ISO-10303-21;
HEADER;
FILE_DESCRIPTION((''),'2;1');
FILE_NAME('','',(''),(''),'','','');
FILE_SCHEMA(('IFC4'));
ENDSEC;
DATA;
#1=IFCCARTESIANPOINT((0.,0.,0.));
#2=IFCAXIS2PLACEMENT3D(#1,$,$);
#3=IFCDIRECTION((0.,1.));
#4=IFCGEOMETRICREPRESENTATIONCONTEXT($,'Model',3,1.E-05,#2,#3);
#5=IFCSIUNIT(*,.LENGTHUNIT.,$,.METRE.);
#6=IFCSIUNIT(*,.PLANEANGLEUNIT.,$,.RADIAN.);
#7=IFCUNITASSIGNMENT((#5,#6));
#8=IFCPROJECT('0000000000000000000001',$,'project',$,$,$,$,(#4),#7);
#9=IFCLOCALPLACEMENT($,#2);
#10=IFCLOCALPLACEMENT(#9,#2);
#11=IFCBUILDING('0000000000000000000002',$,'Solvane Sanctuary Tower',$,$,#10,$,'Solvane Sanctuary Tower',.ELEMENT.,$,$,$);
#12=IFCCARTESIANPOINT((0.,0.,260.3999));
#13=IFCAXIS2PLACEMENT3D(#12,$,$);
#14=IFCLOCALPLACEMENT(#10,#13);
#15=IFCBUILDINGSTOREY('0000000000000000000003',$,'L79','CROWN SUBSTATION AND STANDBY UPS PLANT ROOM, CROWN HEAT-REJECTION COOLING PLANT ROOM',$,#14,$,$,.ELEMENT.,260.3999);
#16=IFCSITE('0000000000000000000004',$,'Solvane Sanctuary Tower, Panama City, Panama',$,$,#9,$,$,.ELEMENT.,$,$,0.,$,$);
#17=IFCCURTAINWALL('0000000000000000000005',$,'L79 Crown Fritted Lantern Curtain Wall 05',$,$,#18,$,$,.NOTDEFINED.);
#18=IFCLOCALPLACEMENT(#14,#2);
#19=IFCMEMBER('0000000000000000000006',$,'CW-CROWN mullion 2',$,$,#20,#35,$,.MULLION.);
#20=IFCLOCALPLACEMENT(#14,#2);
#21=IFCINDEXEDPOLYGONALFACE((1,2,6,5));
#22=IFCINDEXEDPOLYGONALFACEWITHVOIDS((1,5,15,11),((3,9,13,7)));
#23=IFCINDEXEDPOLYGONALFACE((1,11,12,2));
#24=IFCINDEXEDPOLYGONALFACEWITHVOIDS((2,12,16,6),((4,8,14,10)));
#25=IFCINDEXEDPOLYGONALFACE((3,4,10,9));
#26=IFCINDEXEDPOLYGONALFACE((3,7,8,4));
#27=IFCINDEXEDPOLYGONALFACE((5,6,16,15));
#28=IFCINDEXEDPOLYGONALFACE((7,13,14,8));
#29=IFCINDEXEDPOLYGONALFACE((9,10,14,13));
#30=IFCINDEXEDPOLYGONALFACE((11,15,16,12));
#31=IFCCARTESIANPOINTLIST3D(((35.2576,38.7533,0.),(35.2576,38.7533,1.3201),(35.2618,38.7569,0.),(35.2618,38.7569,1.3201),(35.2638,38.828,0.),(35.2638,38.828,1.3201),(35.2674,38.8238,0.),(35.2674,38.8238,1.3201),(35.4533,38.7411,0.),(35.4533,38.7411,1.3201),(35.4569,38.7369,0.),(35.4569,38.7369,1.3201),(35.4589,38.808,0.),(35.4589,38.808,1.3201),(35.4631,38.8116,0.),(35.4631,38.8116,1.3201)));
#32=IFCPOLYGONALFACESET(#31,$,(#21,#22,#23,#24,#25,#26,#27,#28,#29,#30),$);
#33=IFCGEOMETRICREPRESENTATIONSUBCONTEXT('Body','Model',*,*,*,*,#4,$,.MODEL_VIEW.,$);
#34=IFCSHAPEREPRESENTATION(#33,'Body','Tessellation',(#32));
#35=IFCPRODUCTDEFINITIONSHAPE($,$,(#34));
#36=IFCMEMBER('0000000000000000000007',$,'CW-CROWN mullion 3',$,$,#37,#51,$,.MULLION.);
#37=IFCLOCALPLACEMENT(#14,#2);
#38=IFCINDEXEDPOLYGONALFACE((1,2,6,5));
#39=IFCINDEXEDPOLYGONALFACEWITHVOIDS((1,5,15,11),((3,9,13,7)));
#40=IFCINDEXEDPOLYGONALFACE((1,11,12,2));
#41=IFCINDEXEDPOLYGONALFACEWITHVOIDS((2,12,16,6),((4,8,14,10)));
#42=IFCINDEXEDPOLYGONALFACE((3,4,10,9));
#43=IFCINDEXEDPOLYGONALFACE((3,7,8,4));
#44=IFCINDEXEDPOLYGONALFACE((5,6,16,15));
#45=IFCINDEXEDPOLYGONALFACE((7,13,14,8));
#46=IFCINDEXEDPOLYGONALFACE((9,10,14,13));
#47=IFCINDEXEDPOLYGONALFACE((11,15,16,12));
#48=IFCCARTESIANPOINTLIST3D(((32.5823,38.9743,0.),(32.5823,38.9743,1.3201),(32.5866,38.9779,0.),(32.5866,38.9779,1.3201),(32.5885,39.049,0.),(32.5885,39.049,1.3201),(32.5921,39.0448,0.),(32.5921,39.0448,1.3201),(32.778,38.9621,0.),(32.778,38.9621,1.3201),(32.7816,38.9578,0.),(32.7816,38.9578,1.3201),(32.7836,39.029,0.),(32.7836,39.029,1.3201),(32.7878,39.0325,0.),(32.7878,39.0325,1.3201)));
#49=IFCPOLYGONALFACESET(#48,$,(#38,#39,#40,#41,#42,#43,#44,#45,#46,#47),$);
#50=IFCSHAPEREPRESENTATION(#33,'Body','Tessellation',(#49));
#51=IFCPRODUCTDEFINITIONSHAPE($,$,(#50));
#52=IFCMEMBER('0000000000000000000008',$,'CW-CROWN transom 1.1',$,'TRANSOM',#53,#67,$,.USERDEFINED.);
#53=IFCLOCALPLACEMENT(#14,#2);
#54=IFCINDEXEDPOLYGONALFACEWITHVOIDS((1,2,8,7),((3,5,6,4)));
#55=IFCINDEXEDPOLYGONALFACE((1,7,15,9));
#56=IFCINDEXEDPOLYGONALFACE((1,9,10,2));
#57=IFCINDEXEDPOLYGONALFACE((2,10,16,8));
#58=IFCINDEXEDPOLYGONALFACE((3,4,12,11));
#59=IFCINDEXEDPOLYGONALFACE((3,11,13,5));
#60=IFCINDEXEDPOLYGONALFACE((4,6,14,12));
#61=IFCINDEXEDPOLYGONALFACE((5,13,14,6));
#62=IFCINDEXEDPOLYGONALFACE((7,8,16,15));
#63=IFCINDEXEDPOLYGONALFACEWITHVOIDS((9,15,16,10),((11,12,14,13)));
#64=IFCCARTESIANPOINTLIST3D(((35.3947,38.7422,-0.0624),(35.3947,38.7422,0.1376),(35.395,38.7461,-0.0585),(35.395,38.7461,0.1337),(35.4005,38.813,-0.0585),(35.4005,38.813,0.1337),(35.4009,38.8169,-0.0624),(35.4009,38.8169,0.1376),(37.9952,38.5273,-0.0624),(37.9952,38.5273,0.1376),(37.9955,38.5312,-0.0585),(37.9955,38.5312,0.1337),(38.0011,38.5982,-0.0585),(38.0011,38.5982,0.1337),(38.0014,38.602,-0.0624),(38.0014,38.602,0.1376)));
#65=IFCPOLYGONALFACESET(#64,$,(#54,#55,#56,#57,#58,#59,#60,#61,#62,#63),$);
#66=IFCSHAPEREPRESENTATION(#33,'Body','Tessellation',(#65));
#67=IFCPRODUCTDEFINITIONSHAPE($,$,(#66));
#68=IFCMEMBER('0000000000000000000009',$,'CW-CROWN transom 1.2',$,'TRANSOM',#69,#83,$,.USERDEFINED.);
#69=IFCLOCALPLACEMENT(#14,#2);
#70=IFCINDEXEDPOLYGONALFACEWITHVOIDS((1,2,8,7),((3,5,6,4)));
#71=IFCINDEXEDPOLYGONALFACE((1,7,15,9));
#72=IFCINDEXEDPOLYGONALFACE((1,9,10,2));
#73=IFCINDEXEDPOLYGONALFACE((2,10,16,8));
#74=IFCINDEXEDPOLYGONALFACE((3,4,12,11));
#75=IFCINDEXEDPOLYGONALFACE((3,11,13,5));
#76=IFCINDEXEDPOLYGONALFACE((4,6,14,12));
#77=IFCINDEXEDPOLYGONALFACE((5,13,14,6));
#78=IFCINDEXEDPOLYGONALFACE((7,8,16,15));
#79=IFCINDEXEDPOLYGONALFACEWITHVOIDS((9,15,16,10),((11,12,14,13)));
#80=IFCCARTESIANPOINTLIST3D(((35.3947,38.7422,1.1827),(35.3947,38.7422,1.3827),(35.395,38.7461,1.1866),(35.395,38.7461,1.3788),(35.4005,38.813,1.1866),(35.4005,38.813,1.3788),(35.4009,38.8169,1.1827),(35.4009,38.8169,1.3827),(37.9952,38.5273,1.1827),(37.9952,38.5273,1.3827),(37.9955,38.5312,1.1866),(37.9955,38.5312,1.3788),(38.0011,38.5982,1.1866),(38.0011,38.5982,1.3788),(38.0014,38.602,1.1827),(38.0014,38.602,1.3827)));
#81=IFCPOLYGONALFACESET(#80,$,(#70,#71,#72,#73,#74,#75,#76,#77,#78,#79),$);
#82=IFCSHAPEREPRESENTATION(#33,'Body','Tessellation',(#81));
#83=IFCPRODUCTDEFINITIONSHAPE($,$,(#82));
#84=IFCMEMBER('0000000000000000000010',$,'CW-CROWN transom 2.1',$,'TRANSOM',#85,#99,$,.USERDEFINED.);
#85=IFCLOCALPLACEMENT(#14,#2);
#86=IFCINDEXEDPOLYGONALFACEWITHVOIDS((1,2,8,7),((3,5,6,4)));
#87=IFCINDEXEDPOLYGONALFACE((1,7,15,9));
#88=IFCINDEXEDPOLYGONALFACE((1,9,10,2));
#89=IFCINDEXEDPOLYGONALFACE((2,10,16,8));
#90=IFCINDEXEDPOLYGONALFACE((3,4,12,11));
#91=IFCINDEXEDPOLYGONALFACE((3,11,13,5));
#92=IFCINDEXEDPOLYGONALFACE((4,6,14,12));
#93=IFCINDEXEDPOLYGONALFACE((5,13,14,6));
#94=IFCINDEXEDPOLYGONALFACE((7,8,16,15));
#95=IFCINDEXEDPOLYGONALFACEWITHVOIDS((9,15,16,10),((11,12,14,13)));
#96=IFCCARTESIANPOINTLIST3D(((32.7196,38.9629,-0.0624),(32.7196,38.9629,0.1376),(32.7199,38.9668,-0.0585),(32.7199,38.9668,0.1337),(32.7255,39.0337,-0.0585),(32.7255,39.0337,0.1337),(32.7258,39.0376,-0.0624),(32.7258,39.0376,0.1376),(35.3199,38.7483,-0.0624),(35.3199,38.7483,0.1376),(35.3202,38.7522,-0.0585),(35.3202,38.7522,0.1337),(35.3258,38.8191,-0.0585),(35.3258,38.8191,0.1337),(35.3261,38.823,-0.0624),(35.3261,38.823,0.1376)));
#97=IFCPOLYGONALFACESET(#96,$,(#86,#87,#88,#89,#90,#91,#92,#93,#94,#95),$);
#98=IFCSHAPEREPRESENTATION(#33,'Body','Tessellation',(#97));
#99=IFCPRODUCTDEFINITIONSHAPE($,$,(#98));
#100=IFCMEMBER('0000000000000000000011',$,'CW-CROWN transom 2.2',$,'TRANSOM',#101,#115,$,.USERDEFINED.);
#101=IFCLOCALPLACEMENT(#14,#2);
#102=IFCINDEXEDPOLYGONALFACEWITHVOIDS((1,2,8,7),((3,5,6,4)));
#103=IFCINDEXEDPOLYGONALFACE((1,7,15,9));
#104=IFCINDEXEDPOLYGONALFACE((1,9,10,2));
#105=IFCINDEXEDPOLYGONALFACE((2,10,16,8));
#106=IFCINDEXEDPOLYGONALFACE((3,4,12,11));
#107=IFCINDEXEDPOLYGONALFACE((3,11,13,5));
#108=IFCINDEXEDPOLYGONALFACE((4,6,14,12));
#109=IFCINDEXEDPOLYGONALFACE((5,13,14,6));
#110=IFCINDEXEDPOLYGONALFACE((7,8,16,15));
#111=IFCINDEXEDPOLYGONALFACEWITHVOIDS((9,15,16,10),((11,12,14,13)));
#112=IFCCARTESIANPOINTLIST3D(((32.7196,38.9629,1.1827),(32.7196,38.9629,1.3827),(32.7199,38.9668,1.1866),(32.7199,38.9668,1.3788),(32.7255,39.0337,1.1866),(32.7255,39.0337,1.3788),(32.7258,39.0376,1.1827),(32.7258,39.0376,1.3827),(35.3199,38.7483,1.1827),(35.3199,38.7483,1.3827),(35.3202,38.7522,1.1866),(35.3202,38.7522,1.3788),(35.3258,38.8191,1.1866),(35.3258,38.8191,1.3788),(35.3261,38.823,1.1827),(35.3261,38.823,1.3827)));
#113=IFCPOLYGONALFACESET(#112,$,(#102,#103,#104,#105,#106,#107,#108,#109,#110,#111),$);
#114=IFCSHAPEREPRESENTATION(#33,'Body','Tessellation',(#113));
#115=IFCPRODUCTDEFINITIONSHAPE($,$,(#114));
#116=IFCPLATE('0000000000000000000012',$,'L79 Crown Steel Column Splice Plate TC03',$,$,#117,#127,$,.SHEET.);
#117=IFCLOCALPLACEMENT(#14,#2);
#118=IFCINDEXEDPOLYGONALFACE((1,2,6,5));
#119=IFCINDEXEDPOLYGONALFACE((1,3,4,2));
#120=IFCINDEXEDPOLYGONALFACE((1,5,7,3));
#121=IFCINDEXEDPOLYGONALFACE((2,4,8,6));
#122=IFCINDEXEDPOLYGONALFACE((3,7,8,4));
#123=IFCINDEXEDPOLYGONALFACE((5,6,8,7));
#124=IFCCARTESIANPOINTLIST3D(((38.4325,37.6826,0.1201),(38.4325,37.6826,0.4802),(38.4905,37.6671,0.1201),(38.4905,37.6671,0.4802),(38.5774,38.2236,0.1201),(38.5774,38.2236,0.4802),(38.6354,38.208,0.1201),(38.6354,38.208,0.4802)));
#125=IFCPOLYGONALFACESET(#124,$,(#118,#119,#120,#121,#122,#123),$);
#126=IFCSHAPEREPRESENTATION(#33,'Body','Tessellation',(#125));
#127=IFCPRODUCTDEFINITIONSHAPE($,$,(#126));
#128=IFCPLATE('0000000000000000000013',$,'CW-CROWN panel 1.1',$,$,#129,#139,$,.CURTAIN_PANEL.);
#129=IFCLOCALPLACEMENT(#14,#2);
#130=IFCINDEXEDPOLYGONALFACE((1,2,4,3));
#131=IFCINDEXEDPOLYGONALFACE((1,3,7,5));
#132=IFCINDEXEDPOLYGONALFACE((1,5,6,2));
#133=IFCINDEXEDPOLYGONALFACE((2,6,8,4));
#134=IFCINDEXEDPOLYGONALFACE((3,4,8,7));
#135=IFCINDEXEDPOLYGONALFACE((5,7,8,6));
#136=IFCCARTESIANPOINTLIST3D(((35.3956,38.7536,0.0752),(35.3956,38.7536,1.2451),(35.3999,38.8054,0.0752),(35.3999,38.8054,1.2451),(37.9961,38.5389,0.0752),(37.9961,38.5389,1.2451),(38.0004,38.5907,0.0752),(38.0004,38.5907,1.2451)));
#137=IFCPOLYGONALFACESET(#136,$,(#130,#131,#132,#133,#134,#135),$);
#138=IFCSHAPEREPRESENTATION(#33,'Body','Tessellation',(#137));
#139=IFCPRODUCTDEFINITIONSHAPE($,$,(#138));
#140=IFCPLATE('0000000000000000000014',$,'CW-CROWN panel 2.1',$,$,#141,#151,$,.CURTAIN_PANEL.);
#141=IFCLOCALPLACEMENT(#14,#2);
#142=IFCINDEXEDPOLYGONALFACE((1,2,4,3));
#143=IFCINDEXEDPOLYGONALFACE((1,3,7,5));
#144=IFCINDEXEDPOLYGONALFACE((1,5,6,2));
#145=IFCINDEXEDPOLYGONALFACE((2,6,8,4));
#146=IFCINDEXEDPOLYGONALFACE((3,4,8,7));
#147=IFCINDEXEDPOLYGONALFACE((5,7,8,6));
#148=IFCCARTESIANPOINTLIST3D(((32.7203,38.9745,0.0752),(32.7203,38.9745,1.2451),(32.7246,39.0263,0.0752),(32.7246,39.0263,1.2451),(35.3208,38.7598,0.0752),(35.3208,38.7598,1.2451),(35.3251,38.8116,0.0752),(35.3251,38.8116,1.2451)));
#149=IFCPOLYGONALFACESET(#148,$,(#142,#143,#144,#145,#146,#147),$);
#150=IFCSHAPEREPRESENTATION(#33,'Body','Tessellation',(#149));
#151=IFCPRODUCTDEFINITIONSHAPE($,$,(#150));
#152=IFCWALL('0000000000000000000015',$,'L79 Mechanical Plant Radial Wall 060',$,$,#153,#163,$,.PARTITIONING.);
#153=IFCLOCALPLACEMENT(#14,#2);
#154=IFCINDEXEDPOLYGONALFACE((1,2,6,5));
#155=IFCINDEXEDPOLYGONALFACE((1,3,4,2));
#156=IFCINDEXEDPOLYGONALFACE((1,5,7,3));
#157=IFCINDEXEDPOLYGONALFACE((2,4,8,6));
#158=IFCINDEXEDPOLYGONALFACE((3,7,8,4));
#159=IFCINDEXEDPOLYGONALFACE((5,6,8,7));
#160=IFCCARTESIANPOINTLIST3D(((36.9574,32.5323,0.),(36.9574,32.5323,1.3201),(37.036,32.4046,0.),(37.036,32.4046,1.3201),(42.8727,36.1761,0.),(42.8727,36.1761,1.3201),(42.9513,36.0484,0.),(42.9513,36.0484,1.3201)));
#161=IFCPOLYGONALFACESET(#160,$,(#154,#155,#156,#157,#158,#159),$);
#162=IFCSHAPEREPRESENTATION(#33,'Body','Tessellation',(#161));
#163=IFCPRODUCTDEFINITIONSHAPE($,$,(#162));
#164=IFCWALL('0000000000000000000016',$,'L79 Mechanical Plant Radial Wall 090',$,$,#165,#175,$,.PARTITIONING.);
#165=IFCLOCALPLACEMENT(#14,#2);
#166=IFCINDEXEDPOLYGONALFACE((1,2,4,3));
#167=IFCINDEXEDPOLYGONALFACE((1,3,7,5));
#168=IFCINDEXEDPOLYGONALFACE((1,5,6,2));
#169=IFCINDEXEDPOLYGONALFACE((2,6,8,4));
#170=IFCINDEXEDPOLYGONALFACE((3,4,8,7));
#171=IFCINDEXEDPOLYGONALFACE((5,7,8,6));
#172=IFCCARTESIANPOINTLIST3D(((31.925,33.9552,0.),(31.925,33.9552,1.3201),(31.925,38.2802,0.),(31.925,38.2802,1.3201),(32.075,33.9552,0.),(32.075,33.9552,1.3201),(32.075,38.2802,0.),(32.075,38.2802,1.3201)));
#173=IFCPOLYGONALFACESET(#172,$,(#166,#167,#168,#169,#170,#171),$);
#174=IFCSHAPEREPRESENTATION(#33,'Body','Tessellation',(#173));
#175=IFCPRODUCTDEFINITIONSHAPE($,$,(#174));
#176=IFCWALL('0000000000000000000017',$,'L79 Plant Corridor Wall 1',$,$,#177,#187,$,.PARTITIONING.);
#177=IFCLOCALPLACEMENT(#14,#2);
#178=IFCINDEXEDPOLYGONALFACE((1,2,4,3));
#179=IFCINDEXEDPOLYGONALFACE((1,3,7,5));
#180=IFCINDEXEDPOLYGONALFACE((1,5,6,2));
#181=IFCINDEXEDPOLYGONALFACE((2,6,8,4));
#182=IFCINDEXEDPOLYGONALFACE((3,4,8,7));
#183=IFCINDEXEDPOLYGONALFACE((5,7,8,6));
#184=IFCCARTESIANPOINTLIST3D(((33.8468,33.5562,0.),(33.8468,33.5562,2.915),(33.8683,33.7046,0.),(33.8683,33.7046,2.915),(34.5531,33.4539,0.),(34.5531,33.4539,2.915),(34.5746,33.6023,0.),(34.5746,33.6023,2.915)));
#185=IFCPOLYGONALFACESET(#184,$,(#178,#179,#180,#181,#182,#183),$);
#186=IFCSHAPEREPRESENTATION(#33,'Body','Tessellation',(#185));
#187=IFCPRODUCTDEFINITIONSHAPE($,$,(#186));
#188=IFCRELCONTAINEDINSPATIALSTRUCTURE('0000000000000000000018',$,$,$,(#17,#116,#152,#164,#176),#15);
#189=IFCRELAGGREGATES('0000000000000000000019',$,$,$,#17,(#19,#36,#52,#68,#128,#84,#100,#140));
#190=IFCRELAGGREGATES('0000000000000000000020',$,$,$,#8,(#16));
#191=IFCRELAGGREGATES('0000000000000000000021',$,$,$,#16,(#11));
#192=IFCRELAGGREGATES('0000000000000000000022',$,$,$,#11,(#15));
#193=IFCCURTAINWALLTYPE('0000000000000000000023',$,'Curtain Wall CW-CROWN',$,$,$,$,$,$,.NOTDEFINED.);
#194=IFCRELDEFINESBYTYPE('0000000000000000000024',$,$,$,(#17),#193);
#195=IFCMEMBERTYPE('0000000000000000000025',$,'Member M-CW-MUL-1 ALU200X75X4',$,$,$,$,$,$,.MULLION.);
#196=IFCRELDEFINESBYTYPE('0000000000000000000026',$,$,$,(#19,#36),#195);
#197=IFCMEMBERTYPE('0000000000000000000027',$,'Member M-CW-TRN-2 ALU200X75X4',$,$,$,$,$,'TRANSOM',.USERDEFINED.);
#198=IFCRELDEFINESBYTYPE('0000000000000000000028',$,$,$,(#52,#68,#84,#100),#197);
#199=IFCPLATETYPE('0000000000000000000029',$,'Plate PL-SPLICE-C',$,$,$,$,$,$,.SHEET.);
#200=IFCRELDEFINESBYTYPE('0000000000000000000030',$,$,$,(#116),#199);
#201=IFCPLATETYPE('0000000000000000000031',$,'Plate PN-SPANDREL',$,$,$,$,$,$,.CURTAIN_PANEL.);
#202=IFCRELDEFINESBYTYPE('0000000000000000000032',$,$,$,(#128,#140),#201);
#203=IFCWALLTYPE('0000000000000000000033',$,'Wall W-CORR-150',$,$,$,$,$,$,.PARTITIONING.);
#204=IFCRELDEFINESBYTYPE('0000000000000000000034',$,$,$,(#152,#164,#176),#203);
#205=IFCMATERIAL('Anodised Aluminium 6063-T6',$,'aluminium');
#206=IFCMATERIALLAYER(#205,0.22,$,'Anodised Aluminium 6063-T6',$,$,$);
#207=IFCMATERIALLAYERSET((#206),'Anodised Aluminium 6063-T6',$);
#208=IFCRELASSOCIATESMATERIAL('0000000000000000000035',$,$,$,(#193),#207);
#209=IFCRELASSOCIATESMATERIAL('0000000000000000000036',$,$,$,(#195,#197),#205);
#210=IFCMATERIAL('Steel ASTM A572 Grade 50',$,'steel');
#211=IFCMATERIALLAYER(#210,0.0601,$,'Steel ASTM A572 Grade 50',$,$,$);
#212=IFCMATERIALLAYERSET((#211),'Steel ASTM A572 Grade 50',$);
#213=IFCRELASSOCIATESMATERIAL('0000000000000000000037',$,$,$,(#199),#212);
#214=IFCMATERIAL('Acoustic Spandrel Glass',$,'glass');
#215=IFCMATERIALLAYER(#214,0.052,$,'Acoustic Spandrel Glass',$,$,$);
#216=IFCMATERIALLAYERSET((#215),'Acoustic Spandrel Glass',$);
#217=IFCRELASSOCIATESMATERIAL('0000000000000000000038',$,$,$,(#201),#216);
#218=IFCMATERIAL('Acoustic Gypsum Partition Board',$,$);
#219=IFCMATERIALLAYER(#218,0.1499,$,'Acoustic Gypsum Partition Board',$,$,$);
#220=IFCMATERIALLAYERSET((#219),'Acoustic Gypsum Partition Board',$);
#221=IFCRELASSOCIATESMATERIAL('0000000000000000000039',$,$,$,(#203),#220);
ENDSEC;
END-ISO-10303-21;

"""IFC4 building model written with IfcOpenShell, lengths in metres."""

from ifc_helpers import new_model, si_unit, direction, frame, frame_2d, origin, origin_2d, place, context, subcontext, project, spatial, rectangle, hollow_rectangle, extrude, material, layer, layer_set, material_profile, profile_set, type_object, element, aggregate, save


model = new_model("IFC4")

# Units and contexts
model_context = context("Model", 3, precision=1e-05, world=origin(), true_north=direction((0.0, 1.0)))
body_context = subcontext(model_context, "Body", "Model", "MODEL_VIEW")
ifc_project = project(units=[si_unit("LENGTHUNIT", "METRE"), si_unit("PLANEANGLEUNIT", "RADIAN")], contexts=[model_context])

# Site, building, storey
site_placement = place(None, origin())
site = spatial("IfcSite", under=ifc_project, at=site_placement, Name="Solvane Sanctuary Tower, Panama City, Panama", CompositionType="ELEMENT", RefElevation=0.0)
building_placement = place(site_placement, origin())
building = spatial("IfcBuilding", under=site, at=building_placement, Name="Solvane Sanctuary Tower", LongName="Solvane Sanctuary Tower", CompositionType="ELEMENT")
storey_placement = place(building_placement, frame((0.0, 0.0, 260.3999)))
storey = spatial("IfcBuildingStorey", under=building, at=storey_placement, Name="L79", Description="CROWN SUBSTATION AND STANDBY UPS PLANT ROOM, CROWN HEAT-REJECTION COOLING PLANT ROOM", CompositionType="ELEMENT", Elevation=260.3999)

# Curtain wall, members
ifc_material_1 = material(Name="Anodised Aluminium 6063-T6", Category="aluminium")
ifc_layer_1 = layer(ifc_material_1, 0.22, Name="Anodised Aluminium 6063-T6")
ifc_layer_set_1 = layer_set([ifc_layer_1], Name="Anodised Aluminium 6063-T6")
curtain_wall_type = type_object("IfcCurtainWallType", Name="Curtain Wall CW-CROWN", PredefinedType="NOTDEFINED", material=ifc_layer_set_1)
curtain_wall_placement = place(storey_placement, origin())
curtain_wall = element("IfcCurtainWall", 1, at=curtain_wall_placement, inside=storey, type_object=curtain_wall_type, Name="L79 Crown Fritted Lantern Curtain Wall 05", PredefinedType="NOTDEFINED")
ifc_material_profile_1 = material_profile(ifc_material_1, hollow_rectangle(XDim=0.075, YDim=0.2, WallThickness=0.0039, at=origin_2d()), Name="ALU200X75X4")
ifc_profile_set_1 = profile_set([ifc_material_profile_1], Name="Anodised Aluminium 6063-T6")
member_type_1 = type_object("IfcMemberType", Name="Member M-CW-MUL-1 ALU200X75X4", PredefinedType="MULLION", material=ifc_profile_set_1)
member_1_placement = place(storey_placement, frame((35.3604, 38.7825, 0.0), z_axis=(0.0, 0.0, 1.0), x_axis=(-0.082279, -0.996609, 0.0)))
member_1 = element("IfcMember", 2, at=member_1_placement, type_object=member_type_1, Name="CW-CROWN mullion 2", PredefinedType="MULLION", context=body_context, shape_type="SweptSolid", body=[
    extrude(hollow_rectangle(XDim=0.075, YDim=0.2, WallThickness=0.0039, at=origin_2d()), origin(), (0.0, 0.0, 1.0), 1.3201),
])
member_2_placement = place(storey_placement, frame((32.6851, 39.0034, 0.0), z_axis=(0.0, 0.0, 1.0), x_axis=(-0.082279, -0.996609, 0.0)))
member_2 = element("IfcMember", 3, at=member_2_placement, type_object=member_type_1, Name="CW-CROWN mullion 3", PredefinedType="MULLION", context=body_context, shape_type="SweptSolid", body=[
    extrude(hollow_rectangle(XDim=0.075, YDim=0.2, WallThickness=0.0039, at=origin_2d()), origin(), (0.0, 0.0, 1.0), 1.3201),
])
ifc_material_profile_2 = material_profile(ifc_material_1, hollow_rectangle(XDim=0.075, YDim=0.2, WallThickness=0.0039, at=origin_2d()), Name="ALU200X75X4")
ifc_profile_set_2 = profile_set([ifc_material_profile_2], Name="Anodised Aluminium 6063-T6")
member_type_2 = type_object("IfcMemberType", Name="Member M-CW-TRN-2 ALU200X75X4", ElementType="TRANSOM", PredefinedType="USERDEFINED", material=ifc_profile_set_2)
member_3_placement = place(storey_placement, frame((37.9983, 38.5647, 0.0376), z_axis=(-0.996605, 0.082333, 0.0), x_axis=(-0.082333, -0.996605, 0.0)))
member_3 = element("IfcMember", 4, at=member_3_placement, type_object=member_type_2, Name="CW-CROWN transom 1.1", ObjectType="TRANSOM", PredefinedType="USERDEFINED", context=body_context, shape_type="SweptSolid", body=[
    extrude(hollow_rectangle(XDim=0.075, YDim=0.2, WallThickness=0.0039, at=origin_2d()), origin(), (0.0, 0.0, 1.0), 2.6094),
])
member_4_placement = place(storey_placement, frame((37.9983, 38.5647, 1.2827), z_axis=(-0.996605, 0.082333, 0.0), x_axis=(-0.082333, -0.996605, 0.0)))
member_4 = element("IfcMember", 5, at=member_4_placement, type_object=member_type_2, Name="CW-CROWN transom 1.2", ObjectType="TRANSOM", PredefinedType="USERDEFINED", context=body_context, shape_type="SweptSolid", body=[
    extrude(hollow_rectangle(XDim=0.075, YDim=0.2, WallThickness=0.0039, at=origin_2d()), origin(), (0.0, 0.0, 1.0), 2.6094),
])
member_5_placement = place(storey_placement, frame((35.323, 38.7856, 0.0376), z_axis=(-0.996612, 0.082248, 0.0), x_axis=(-0.082248, -0.996612, 0.0)))
member_5 = element("IfcMember", 6, at=member_5_placement, type_object=member_type_2, Name="CW-CROWN transom 2.1", ObjectType="TRANSOM", PredefinedType="USERDEFINED", context=body_context, shape_type="SweptSolid", body=[
    extrude(hollow_rectangle(XDim=0.075, YDim=0.2, WallThickness=0.0039, at=origin_2d()), origin(), (0.0, 0.0, 1.0), 2.6091),
])
member_6_placement = place(storey_placement, frame((35.323, 38.7856, 1.2827), z_axis=(-0.996612, 0.082248, 0.0), x_axis=(-0.082248, -0.996612, 0.0)))
member_6 = element("IfcMember", 7, at=member_6_placement, type_object=member_type_2, Name="CW-CROWN transom 2.2", ObjectType="TRANSOM", PredefinedType="USERDEFINED", context=body_context, shape_type="SweptSolid", body=[
    extrude(hollow_rectangle(XDim=0.075, YDim=0.2, WallThickness=0.0039, at=origin_2d()), origin(), (0.0, 0.0, 1.0), 2.6091),
])

# Plates
ifc_material_2 = material(Name="Steel ASTM A572 Grade 50", Category="steel")
ifc_layer_2 = layer(ifc_material_2, 0.0601, Name="Steel ASTM A572 Grade 50")
ifc_layer_set_2 = layer_set([ifc_layer_2], Name="Steel ASTM A572 Grade 50")
plate_type_1 = type_object("IfcPlateType", Name="Plate PL-SPLICE-C", PredefinedType="SHEET", material=ifc_layer_set_2)
plate_1_placement = place(storey_placement, frame((38.5339, 37.9453, 0.1201), z_axis=(0.0, 0.0, 1.0), x_axis=(0.258819, 0.965926, 0.0)))
element("IfcPlate", 8, at=plate_1_placement, inside=storey, type_object=plate_type_1, Name="L79 Crown Steel Column Splice Plate TC03", PredefinedType="SHEET", context=body_context, shape_type="SweptSolid", body=[
    extrude(rectangle(XDim=0.5601, YDim=0.0601, at=origin_2d()), origin(), (0.0, 0.0, 1.0), 0.3601),
])
ifc_material_3 = material(Name="Acoustic Spandrel Glass", Category="glass")
ifc_layer_3 = layer(ifc_material_3, 0.052, Name="Acoustic Spandrel Glass")
ifc_layer_set_3 = layer_set([ifc_layer_3], Name="Acoustic Spandrel Glass")
plate_type_2 = type_object("IfcPlateType", Name="Plate PN-SPANDREL", PredefinedType="CURTAIN_PANEL", material=ifc_layer_set_3)
plate_2_placement = place(storey_placement, frame((36.698, 38.6721, 0.0752), z_axis=(0.0, 0.0, 1.0), x_axis=(-0.996609, 0.082279, 0.0)))
plate_2 = element("IfcPlate", 9, at=plate_2_placement, type_object=plate_type_2, Name="CW-CROWN panel 1.1", PredefinedType="CURTAIN_PANEL", context=body_context, shape_type="SweptSolid", body=[
    extrude(rectangle(XDim=2.6094, YDim=0.052, at=origin_2d()), origin(), (0.0, 0.0, 1.0), 1.1699),
])
plate_3_placement = place(storey_placement, frame((34.0227, 38.8931, 0.0752), z_axis=(0.0, 0.0, 1.0), x_axis=(-0.996609, 0.082279, 0.0)))
plate_3 = element("IfcPlate", 10, at=plate_3_placement, type_object=plate_type_2, Name="CW-CROWN panel 2.1", PredefinedType="CURTAIN_PANEL", context=body_context, shape_type="SweptSolid", body=[
    extrude(rectangle(XDim=2.6094, YDim=0.052, at=origin_2d()), origin(), (0.0, 0.0, 1.0), 1.1699),
])
aggregate(curtain_wall, [member_1, member_2, member_3, member_4, plate_2, member_5, member_6, plate_3])

# Walls
ifc_material_4 = material(Name="Acoustic Gypsum Partition Board")
ifc_layer_4 = layer(ifc_material_4, 0.1499, Name="Acoustic Gypsum Partition Board")
ifc_layer_set_4 = layer_set([ifc_layer_4], Name="Acoustic Gypsum Partition Board")
wall_type_1 = type_object("IfcWallType", Name="Wall W-CORR-150", PredefinedType="PARTITIONING", material=ifc_layer_set_4)
wall_1_placement = place(storey_placement, frame((36.9968, 32.4685, 0.0), z_axis=(0.0, 0.0, 1.0), x_axis=(0.851425, 0.524476, 0.0)))
element("IfcWall", 11, at=wall_1_placement, inside=storey, type_object=wall_type_1, Name="L79 Mechanical Plant Radial Wall 060", PredefinedType="PARTITIONING", context=body_context, shape_type="SweptSolid", body=[
    extrude(rectangle(XDim=6.9475, YDim=0.1499, at=frame_2d((3.4736, 0.0))), origin(), (0.0, 0.0, 1.0), 1.3201),
])
wall_2_placement = place(storey_placement, frame((32.0, 33.9551, 0.0), z_axis=(0.0, 0.0, 1.0), x_axis=(0.0, 1.0, 0.0)))
element("IfcWall", 12, at=wall_2_placement, inside=storey, type_object=wall_type_1, Name="L79 Mechanical Plant Radial Wall 090", PredefinedType="PARTITIONING", context=body_context, shape_type="SweptSolid", body=[
    extrude(rectangle(XDim=4.325, YDim=0.1499, at=frame_2d((2.1626, 0.0))), origin(), (0.0, 0.0, 1.0), 1.3201),
])
wall_3_placement = place(storey_placement, frame((34.564, 33.5281, 0.0), z_axis=(0.0, 0.0, 1.0), x_axis=(-0.989674, 0.143337, 0.0)))
element("IfcWall", 13, at=wall_3_placement, inside=storey, type_object=wall_type_1, Name="L79 Plant Corridor Wall 1", PredefinedType="PARTITIONING", context=body_context, shape_type="SweptSolid", body=[
    extrude(rectangle(XDim=0.7136, YDim=0.1499, at=frame_2d((0.3569, 0.0))), origin(), (0.0, 0.0, 1.0), 2.915),
])

save(model, "model.ifc")
